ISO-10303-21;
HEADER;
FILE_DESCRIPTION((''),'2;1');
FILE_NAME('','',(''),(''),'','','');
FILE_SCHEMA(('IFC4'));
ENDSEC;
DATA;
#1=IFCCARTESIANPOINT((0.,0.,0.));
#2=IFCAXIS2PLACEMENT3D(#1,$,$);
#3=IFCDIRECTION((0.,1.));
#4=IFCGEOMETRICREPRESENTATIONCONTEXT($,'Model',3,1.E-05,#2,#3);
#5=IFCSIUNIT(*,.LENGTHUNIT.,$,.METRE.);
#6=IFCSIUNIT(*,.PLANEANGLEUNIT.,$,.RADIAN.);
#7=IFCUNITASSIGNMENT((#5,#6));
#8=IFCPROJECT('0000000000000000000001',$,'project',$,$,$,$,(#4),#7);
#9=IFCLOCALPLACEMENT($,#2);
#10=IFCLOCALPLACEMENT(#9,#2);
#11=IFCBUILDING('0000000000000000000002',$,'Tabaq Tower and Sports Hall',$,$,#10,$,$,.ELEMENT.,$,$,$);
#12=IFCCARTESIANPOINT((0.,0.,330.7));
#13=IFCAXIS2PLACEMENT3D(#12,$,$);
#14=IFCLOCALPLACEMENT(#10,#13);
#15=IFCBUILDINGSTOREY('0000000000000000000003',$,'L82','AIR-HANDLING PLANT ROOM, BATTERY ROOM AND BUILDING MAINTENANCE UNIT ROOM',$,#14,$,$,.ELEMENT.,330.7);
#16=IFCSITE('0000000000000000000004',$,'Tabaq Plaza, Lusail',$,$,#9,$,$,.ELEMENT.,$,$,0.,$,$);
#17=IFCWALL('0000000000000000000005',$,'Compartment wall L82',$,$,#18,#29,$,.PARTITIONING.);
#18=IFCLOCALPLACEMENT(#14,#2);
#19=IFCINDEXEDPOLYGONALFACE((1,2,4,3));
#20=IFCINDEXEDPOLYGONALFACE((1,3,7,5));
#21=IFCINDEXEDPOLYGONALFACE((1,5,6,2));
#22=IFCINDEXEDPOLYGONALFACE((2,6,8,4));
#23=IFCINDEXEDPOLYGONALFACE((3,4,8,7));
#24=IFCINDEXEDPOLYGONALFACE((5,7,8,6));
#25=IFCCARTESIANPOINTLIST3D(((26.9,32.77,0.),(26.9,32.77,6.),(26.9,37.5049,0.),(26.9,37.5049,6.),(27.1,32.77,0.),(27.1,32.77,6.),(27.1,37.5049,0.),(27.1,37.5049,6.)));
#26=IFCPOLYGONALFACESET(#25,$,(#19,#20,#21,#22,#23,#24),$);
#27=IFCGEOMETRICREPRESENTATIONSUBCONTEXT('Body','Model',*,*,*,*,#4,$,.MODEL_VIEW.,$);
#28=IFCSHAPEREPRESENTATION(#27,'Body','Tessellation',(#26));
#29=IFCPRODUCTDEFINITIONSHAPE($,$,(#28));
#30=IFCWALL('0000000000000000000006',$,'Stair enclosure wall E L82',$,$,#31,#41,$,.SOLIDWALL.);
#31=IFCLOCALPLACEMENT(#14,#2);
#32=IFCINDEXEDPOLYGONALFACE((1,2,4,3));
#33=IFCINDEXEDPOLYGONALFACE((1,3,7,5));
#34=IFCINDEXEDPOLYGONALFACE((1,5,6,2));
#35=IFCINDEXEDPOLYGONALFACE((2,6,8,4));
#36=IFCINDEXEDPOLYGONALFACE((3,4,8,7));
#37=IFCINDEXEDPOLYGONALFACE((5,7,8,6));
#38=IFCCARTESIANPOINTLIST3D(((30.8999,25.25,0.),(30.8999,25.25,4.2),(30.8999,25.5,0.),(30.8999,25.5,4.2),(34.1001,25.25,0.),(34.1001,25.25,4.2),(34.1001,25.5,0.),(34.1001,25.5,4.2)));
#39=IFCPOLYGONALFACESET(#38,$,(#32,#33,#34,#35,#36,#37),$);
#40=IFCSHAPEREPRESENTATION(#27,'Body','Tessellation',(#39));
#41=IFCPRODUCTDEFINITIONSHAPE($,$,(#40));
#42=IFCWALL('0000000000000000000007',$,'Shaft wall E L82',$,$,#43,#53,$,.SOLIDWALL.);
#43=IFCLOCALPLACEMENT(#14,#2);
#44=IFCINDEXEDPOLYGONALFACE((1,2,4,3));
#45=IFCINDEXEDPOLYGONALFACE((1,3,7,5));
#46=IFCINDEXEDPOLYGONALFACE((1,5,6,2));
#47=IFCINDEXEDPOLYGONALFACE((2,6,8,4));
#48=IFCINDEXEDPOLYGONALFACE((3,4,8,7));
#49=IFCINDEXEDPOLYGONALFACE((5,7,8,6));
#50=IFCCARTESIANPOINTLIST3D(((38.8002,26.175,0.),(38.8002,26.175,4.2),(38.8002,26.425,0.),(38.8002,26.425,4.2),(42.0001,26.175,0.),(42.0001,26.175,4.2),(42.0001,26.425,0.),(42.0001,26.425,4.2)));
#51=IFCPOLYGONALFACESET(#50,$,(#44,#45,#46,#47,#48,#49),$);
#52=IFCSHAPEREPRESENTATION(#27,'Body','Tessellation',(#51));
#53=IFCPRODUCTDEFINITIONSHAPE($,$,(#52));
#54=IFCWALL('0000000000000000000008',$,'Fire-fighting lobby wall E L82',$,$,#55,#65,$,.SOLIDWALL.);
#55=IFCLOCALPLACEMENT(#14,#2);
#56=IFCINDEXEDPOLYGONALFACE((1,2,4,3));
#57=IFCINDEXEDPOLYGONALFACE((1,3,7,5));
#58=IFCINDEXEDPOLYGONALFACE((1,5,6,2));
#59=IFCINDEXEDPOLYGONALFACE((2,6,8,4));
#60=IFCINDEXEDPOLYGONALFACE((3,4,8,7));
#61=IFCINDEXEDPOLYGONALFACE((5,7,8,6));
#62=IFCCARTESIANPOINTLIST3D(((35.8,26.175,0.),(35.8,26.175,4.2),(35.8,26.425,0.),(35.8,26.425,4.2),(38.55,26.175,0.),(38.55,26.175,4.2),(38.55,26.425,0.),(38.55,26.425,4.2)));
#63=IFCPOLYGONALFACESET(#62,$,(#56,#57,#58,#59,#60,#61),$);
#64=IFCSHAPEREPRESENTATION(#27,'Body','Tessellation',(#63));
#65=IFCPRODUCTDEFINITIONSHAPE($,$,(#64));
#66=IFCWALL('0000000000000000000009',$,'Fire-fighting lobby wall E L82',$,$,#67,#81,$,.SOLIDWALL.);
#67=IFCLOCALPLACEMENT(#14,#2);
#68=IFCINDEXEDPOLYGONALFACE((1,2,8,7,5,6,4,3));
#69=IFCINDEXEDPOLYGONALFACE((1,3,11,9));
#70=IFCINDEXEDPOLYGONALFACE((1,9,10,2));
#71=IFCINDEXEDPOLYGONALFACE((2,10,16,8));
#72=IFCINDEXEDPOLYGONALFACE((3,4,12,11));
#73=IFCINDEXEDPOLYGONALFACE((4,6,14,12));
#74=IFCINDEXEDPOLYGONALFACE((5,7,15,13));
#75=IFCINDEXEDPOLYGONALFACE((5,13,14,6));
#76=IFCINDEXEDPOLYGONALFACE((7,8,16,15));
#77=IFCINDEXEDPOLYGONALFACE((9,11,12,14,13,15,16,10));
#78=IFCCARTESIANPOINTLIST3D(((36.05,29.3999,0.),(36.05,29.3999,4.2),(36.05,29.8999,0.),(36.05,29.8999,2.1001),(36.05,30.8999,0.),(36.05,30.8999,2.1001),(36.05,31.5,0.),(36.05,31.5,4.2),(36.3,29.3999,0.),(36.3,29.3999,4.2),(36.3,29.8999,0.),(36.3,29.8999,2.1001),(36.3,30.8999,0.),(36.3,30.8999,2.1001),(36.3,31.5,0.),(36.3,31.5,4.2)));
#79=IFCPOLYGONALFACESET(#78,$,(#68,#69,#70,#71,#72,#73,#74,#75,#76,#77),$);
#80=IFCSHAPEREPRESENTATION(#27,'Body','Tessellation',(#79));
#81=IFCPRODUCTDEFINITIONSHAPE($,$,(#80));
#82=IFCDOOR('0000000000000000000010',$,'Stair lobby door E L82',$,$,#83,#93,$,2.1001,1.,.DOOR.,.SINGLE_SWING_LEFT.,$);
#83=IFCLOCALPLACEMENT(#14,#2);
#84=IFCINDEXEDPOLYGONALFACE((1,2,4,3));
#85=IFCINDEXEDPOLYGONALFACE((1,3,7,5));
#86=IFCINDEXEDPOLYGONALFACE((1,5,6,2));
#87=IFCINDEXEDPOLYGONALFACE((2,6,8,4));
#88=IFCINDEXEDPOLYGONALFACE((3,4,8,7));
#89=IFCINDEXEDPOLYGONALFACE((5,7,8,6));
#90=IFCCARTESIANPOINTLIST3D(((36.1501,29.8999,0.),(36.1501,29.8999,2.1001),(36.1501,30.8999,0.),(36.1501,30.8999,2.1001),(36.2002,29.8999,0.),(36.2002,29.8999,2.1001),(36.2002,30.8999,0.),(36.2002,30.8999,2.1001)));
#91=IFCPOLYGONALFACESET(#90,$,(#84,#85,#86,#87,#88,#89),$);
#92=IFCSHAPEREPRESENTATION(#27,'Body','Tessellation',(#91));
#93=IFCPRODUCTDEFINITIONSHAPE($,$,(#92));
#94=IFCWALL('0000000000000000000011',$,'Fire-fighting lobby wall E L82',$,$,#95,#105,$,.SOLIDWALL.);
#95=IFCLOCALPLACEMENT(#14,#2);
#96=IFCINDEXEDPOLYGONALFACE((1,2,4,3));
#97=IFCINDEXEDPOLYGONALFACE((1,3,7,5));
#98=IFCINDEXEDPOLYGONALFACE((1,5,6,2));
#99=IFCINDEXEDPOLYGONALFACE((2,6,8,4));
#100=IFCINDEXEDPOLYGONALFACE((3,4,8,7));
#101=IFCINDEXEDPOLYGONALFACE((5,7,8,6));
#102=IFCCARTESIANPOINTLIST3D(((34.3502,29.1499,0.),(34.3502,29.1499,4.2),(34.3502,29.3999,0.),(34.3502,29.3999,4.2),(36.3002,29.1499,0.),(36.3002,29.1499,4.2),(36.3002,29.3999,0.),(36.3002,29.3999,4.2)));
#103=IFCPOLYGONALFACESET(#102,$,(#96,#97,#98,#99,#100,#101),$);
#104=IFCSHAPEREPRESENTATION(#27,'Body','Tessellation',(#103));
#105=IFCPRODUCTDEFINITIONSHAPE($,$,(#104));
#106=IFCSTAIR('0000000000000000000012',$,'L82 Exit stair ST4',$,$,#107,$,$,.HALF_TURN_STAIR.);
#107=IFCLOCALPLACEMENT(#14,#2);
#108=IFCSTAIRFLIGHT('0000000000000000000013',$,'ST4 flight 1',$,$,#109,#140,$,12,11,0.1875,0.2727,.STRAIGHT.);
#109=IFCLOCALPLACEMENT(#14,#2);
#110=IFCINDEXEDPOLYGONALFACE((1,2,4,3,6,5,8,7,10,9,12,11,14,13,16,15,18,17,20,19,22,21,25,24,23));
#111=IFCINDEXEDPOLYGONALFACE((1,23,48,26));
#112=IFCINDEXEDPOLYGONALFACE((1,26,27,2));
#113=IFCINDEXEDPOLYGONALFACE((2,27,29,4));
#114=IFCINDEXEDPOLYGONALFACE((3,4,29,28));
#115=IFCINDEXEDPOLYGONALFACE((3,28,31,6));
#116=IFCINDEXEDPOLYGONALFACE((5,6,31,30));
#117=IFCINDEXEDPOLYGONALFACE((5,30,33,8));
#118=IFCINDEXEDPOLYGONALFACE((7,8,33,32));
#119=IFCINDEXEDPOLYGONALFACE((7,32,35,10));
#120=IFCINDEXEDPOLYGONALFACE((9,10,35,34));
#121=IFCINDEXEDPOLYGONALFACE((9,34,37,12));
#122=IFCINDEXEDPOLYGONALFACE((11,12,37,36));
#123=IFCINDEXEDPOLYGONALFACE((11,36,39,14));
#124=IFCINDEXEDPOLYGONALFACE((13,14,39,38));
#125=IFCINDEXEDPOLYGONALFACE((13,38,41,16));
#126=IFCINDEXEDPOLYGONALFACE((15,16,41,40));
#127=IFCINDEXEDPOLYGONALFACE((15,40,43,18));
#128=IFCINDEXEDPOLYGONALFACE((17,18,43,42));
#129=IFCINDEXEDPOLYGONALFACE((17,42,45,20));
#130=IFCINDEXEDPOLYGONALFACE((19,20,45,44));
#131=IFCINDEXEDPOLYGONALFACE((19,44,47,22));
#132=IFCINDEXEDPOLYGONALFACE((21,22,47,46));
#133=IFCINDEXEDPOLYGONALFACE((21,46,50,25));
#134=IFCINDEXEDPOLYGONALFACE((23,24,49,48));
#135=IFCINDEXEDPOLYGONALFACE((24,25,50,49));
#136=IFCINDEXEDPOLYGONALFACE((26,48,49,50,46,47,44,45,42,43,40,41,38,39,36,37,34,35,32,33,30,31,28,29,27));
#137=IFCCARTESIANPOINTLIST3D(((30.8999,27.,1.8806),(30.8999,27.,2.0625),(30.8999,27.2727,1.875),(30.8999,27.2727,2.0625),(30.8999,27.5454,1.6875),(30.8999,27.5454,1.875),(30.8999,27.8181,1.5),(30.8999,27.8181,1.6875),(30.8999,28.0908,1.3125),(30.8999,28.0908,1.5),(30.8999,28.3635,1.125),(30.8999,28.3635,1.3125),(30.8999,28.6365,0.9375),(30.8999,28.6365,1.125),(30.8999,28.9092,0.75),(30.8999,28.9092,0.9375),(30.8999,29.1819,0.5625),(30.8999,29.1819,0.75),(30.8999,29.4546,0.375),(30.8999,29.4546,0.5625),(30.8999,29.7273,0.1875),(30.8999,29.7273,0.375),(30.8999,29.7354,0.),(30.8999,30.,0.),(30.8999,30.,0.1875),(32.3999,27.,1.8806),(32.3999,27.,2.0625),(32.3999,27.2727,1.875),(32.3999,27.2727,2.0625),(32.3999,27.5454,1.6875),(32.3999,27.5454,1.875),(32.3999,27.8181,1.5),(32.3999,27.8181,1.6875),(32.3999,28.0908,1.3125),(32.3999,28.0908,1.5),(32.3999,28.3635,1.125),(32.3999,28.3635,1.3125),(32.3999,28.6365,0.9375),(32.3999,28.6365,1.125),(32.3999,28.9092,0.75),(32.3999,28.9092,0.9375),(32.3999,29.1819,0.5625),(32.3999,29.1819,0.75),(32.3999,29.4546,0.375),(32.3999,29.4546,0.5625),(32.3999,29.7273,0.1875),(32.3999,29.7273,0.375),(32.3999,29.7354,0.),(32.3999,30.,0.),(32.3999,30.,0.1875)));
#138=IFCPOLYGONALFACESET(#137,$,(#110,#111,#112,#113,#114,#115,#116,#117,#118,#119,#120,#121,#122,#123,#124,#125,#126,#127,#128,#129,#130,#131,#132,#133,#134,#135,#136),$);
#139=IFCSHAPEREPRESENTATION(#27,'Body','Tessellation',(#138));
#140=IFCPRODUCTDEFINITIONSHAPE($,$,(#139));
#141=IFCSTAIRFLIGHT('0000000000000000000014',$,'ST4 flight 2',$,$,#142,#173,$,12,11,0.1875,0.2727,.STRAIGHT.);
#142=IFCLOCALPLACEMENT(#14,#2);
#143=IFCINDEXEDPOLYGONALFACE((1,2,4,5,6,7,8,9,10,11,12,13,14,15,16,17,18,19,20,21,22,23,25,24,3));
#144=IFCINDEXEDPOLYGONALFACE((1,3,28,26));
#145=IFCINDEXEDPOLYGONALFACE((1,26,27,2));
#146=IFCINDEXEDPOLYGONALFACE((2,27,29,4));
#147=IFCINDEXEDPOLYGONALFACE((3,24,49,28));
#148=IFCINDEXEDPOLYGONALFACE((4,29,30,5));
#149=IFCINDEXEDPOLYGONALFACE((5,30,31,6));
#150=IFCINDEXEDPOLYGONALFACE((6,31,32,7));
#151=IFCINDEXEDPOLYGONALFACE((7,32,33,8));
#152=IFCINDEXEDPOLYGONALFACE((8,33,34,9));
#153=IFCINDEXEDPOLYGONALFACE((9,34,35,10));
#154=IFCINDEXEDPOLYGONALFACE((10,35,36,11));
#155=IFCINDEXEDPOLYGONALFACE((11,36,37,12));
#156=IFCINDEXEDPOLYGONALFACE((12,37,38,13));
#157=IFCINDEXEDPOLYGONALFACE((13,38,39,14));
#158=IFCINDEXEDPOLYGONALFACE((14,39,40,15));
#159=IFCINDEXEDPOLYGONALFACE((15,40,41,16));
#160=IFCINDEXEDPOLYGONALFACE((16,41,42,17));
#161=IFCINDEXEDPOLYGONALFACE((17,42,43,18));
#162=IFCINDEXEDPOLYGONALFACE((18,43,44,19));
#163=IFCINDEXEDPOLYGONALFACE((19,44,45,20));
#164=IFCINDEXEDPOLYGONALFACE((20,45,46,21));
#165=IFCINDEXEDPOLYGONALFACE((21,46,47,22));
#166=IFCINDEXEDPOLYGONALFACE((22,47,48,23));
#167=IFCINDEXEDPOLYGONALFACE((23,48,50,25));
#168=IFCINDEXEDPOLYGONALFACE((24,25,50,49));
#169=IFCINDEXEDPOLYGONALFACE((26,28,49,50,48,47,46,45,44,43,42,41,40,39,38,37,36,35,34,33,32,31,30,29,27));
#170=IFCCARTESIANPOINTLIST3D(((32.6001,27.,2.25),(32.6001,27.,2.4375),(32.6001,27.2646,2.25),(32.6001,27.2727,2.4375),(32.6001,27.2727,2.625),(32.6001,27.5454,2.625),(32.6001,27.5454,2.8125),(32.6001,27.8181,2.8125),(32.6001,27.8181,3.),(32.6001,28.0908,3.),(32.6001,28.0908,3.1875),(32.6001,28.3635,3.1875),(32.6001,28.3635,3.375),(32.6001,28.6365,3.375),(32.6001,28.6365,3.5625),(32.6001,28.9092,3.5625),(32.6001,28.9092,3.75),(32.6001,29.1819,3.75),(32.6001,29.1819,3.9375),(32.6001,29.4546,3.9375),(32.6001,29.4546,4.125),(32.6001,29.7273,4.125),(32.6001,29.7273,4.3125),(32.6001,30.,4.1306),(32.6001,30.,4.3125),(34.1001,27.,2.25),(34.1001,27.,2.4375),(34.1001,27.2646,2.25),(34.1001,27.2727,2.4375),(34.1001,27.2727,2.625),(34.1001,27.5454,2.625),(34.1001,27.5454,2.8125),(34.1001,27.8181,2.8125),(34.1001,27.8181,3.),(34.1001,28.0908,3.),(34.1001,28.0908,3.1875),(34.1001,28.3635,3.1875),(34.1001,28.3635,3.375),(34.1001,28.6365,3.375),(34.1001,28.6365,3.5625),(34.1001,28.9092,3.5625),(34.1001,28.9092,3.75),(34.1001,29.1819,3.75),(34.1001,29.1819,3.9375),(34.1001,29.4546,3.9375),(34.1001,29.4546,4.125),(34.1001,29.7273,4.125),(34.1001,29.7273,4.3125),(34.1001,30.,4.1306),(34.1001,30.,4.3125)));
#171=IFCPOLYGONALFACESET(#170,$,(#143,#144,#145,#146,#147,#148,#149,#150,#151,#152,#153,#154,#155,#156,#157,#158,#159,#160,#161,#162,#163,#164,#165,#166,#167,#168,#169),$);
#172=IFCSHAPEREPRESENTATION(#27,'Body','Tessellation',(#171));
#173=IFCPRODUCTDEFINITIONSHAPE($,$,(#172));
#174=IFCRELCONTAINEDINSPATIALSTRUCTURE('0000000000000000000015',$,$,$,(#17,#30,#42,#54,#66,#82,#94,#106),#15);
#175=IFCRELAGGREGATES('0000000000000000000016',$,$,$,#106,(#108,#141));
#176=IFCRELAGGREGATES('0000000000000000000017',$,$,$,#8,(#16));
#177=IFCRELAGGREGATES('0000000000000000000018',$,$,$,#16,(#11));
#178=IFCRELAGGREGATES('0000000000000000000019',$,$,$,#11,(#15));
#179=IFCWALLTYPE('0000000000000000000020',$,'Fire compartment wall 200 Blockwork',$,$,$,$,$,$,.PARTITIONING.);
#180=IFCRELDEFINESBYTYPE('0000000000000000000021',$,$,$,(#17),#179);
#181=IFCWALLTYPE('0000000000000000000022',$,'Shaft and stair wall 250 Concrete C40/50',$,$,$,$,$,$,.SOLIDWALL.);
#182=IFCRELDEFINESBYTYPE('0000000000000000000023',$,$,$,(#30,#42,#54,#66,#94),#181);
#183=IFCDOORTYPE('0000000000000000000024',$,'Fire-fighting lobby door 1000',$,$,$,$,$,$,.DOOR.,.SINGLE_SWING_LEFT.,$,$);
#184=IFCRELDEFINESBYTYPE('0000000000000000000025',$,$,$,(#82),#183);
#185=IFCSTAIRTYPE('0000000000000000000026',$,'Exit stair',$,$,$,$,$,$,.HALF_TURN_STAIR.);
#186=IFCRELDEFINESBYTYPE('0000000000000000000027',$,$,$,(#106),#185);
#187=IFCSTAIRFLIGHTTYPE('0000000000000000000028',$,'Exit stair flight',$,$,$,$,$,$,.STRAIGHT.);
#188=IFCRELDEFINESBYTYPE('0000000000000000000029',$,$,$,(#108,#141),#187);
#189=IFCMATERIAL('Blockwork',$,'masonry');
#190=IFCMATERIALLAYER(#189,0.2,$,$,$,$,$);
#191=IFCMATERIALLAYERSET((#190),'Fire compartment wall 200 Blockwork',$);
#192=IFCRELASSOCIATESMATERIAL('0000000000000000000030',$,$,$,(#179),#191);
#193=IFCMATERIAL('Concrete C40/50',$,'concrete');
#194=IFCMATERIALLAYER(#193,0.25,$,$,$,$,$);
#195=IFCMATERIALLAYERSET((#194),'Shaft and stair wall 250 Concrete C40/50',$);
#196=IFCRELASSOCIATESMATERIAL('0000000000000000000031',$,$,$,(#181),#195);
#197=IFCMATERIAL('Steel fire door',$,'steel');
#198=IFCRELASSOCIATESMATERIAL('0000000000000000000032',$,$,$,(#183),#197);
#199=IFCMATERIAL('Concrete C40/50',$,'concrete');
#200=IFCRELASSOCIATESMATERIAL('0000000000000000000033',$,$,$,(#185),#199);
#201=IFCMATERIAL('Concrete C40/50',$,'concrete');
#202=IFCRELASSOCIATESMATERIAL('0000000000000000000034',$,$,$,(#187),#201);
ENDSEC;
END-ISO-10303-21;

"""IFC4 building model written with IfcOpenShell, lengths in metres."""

from ifc_helpers import new_model, si_unit, direction, frame, frame_2d, origin, place, context, subcontext, project, spatial, polyline, rectangle, outline, extrude, material, layer, layer_set, type_object, element, fill, aggregate, save


model = new_model("IFC4")

# Units and contexts
model_context = context("Model", 3, precision=1e-05, world=origin(), true_north=direction((0.0, 1.0)))
body_context = subcontext(model_context, "Body", "Model", "MODEL_VIEW")
ifc_project = project(units=[si_unit("LENGTHUNIT", "METRE"), si_unit("PLANEANGLEUNIT", "RADIAN")], contexts=[model_context])

# Site, building, storey
site_placement = place(None, origin())
site = spatial("IfcSite", under=ifc_project, at=site_placement, Name="Tabaq Plaza, Lusail", CompositionType="ELEMENT", RefElevation=0.0)
building_placement = place(site_placement, origin())
building = spatial("IfcBuilding", under=site, at=building_placement, Name="Tabaq Tower and Sports Hall", CompositionType="ELEMENT")
storey_placement = place(building_placement, frame((0.0, 0.0, 330.7)))
storey = spatial("IfcBuildingStorey", under=building, at=storey_placement, Name="L82", Description="AIR-HANDLING PLANT ROOM, BATTERY ROOM AND BUILDING MAINTENANCE UNIT ROOM", CompositionType="ELEMENT", Elevation=330.7)

# Walls
ifc_material_1 = material(Name="Blockwork", Category="masonry")
ifc_layer_1 = layer(ifc_material_1, 0.2)
ifc_layer_set_1 = layer_set([ifc_layer_1], Name="Fire compartment wall 200 Blockwork")
wall_type_1 = type_object("IfcWallType", Name="Fire compartment wall 200 Blockwork", PredefinedType="PARTITIONING", material=ifc_layer_set_1)
wall_1_placement = place(storey_placement, frame((27.0, 37.5049, 0.0), z_axis=(0.0, 0.0, 1.0), x_axis=(0.0, -1.0, 0.0)))
element("IfcWall", 1, at=wall_1_placement, inside=storey, type_object=wall_type_1, Name="Compartment wall L82", PredefinedType="PARTITIONING", context=body_context, shape_type="SweptSolid", body=[
    extrude(rectangle(XDim=4.7349, YDim=0.2, at=frame_2d((2.3674, 0.0))), origin(), (0.0, 0.0, 1.0), 6.0),
])
ifc_material_2 = material(Name="Concrete C40/50", Category="concrete")
ifc_layer_2 = layer(ifc_material_2, 0.25)
ifc_layer_set_2 = layer_set([ifc_layer_2], Name="Shaft and stair wall 250 Concrete C40/50")
wall_type_2 = type_object("IfcWallType", Name="Shaft and stair wall 250 Concrete C40/50", PredefinedType="SOLIDWALL", material=ifc_layer_set_2)
wall_2_placement = place(storey_placement, frame((30.8999, 25.375, 0.0), z_axis=(0.0, 0.0, 1.0), x_axis=(1.0, 0.0, 0.0)))
element("IfcWall", 2, at=wall_2_placement, inside=storey, type_object=wall_type_2, Name="Stair enclosure wall E L82", PredefinedType="SOLIDWALL", context=body_context, shape_type="SweptSolid", body=[
    extrude(rectangle(XDim=3.2002, YDim=0.25, at=frame_2d((1.6001, 0.0))), origin(), (0.0, 0.0, 1.0), 4.2),
])
wall_3_placement = place(storey_placement, frame((38.8, 26.3, 0.0), z_axis=(0.0, 0.0, 1.0), x_axis=(1.0, 0.0, 0.0)))
element("IfcWall", 3, at=wall_3_placement, inside=storey, type_object=wall_type_2, Name="Shaft wall E L82", PredefinedType="SOLIDWALL", context=body_context, shape_type="SweptSolid", body=[
    extrude(rectangle(XDim=3.2, YDim=0.25, at=frame_2d((1.6001, 0.0))), origin(), (0.0, 0.0, 1.0), 4.2),
])
wall_4_placement = place(storey_placement, frame((35.8, 26.3, 0.0), z_axis=(0.0, 0.0, 1.0), x_axis=(1.0, 0.0, 0.0)))
element("IfcWall", 4, at=wall_4_placement, inside=storey, type_object=wall_type_2, Name="Fire-fighting lobby wall E L82", PredefinedType="SOLIDWALL", context=body_context, shape_type="SweptSolid", body=[
    extrude(rectangle(XDim=2.75, YDim=0.25, at=frame_2d((1.375, 0.0))), origin(), (0.0, 0.0, 1.0), 4.2),
])

# Wall, opening, door
wall_5_placement = place(storey_placement, frame((36.175, 29.3999, 0.0), z_axis=(0.0, 0.0, 1.0), x_axis=(0.0, 1.0, 0.0)))
wall_5 = element("IfcWall", 5, at=wall_5_placement, inside=storey, type_object=wall_type_2, Name="Fire-fighting lobby wall E L82", PredefinedType="SOLIDWALL", context=body_context, shape_type="SweptSolid", body=[
    extrude(rectangle(XDim=2.1001, YDim=0.25, at=frame_2d((1.05, 0.0))), origin(), (0.0, 0.0, 1.0), 4.2),
])
opening_1_placement = place(wall_5_placement, frame((0.5, 0.0, 0.0)))
opening_1 = element("IfcOpeningElement", 6, at=opening_1_placement, cuts=wall_5, PredefinedType="OPENING", context=body_context, shape_type="SweptSolid", body=[
    extrude(rectangle(XDim=1.0, YDim=2.1001, at=frame_2d((0.5, 1.05))), frame((0.0, 0.125, 0.0), z_axis=(0.0, -1.0, 0.0), x_axis=(1.0, 0.0, 0.0)), (0.0, 0.0, 1.0), 0.25),
])
ifc_material_3 = material(Name="Steel fire door", Category="steel")
door_type_1 = type_object("IfcDoorType", Name="Fire-fighting lobby door 1000", OperationType="SINGLE_SWING_LEFT", PredefinedType="DOOR", material=ifc_material_3)
door_1_placement = place(opening_1_placement, origin())
door_1 = element("IfcDoor", 7, at=door_1_placement, inside=storey, type_object=door_type_1, Name="Stair lobby door E L82", OperationType="SINGLE_SWING_LEFT", OverallHeight=2.1001, OverallWidth=1.0, PredefinedType="DOOR", context=body_context, shape_type="SweptSolid", body=[
    extrude(rectangle(XDim=1.0, YDim=2.1001, at=frame_2d((0.5, 1.05))), frame((0.0, 0.0249, 0.0), z_axis=(0.0, -1.0, 0.0), x_axis=(1.0, 0.0, 0.0)), (0.0, 0.0, 1.0), 0.05),
])
fill(opening_1, door_1)

# Wall
wall_6_placement = place(storey_placement, frame((34.3501, 29.2749, 0.0), z_axis=(0.0, 0.0, 1.0), x_axis=(1.0, 0.0, 0.0)))
element("IfcWall", 8, at=wall_6_placement, inside=storey, type_object=wall_type_2, Name="Fire-fighting lobby wall E L82", PredefinedType="SOLIDWALL", context=body_context, shape_type="SweptSolid", body=[
    extrude(rectangle(XDim=1.95, YDim=0.25, at=frame_2d((0.9751, 0.0))), origin(), (0.0, 0.0, 1.0), 4.2),
])

# Stair, stair flights
ifc_material_4 = material(Name="Concrete C40/50", Category="concrete")
stair_type = type_object("IfcStairType", Name="Exit stair", PredefinedType="HALF_TURN_STAIR", material=ifc_material_4)
stair_placement = place(storey_placement, origin())
stair = element("IfcStair", 9, at=stair_placement, inside=storey, type_object=stair_type, Name="L82 Exit stair ST4", PredefinedType="HALF_TURN_STAIR")
ifc_material_5 = material(Name="Concrete C40/50", Category="concrete")
stair_flight_type = type_object("IfcStairFlightType", Name="Exit stair flight", PredefinedType="STRAIGHT", material=ifc_material_5)
stair_flight_1_placement = place(storey_placement, frame((31.6499, 30.0, 0.0), z_axis=(0.0, 0.0, 1.0), x_axis=(0.0, -1.0, 0.0)))
stair_flight_1 = element("IfcStairFlight", 10, at=stair_flight_1_placement, type_object=stair_flight_type, Name="ST4 flight 1", NumberOfRisers=12, NumberOfTreads=11, PredefinedType="STRAIGHT", RiserHeight=0.1875, TreadLength=0.2727, context=body_context, shape_type="SweptSolid", body=[
    extrude(outline(polyline([(0.0, 0.0), (0.0, 0.1875), (0.2727, 0.1875), (0.2727, 0.375), (0.5454, 0.375), (0.5454, 0.5625), (0.8181, 0.5625), (0.8181, 0.75), (1.0908, 0.75), (1.0908, 0.9375), (1.3635, 0.9375), (1.3635, 1.125), (1.6365, 1.125), (1.6365, 1.3125), (1.9092, 1.3125), (1.9092, 1.5), (2.1819, 1.5), (2.1819, 1.6875), (2.4546, 1.6875), (2.4546, 1.875), (2.7273, 1.875), (2.7273, 2.0625), (3.0, 2.0625), (3.0, 2.25), (3.0, 1.8806), (0.2646, 0.0), (0.0, 0.0)])), frame((0.0, 0.75, 0.0), z_axis=(0.0, -1.0, 0.0), x_axis=(1.0, 0.0, 0.0)), (0.0, 0.0, 1.0), 1.5),
])
stair_flight_2_placement = place(storey_placement, frame((33.3501, 27.0, 2.25), z_axis=(0.0, 0.0, 1.0), x_axis=(0.0, 1.0, 0.0)))
stair_flight_2 = element("IfcStairFlight", 11, at=stair_flight_2_placement, type_object=stair_flight_type, Name="ST4 flight 2", NumberOfRisers=12, NumberOfTreads=11, PredefinedType="STRAIGHT", RiserHeight=0.1875, TreadLength=0.2727, context=body_context, shape_type="SweptSolid", body=[
    extrude(outline(polyline([(0.0, 0.0), (0.0, 0.1875), (0.2727, 0.1875), (0.2727, 0.375), (0.5454, 0.375), (0.5454, 0.5625), (0.8181, 0.5625), (0.8181, 0.75), (1.0908, 0.75), (1.0908, 0.9375), (1.3635, 0.9375), (1.3635, 1.125), (1.6365, 1.125), (1.6365, 1.3125), (1.9092, 1.3125), (1.9092, 1.5), (2.1819, 1.5), (2.1819, 1.6875), (2.4546, 1.6875), (2.4546, 1.875), (2.7273, 1.875), (2.7273, 2.0625), (3.0, 2.0625), (3.0, 2.25), (3.0, 1.8806), (0.2646, 0.0), (0.0, 0.0)])), frame((0.0, 0.75, 0.0), z_axis=(0.0, -1.0, 0.0), x_axis=(1.0, 0.0, 0.0)), (0.0, 0.0, 1.0), 1.5),
])
aggregate(stair, [stair_flight_1, stair_flight_2])

save(model, "model.ifc")
